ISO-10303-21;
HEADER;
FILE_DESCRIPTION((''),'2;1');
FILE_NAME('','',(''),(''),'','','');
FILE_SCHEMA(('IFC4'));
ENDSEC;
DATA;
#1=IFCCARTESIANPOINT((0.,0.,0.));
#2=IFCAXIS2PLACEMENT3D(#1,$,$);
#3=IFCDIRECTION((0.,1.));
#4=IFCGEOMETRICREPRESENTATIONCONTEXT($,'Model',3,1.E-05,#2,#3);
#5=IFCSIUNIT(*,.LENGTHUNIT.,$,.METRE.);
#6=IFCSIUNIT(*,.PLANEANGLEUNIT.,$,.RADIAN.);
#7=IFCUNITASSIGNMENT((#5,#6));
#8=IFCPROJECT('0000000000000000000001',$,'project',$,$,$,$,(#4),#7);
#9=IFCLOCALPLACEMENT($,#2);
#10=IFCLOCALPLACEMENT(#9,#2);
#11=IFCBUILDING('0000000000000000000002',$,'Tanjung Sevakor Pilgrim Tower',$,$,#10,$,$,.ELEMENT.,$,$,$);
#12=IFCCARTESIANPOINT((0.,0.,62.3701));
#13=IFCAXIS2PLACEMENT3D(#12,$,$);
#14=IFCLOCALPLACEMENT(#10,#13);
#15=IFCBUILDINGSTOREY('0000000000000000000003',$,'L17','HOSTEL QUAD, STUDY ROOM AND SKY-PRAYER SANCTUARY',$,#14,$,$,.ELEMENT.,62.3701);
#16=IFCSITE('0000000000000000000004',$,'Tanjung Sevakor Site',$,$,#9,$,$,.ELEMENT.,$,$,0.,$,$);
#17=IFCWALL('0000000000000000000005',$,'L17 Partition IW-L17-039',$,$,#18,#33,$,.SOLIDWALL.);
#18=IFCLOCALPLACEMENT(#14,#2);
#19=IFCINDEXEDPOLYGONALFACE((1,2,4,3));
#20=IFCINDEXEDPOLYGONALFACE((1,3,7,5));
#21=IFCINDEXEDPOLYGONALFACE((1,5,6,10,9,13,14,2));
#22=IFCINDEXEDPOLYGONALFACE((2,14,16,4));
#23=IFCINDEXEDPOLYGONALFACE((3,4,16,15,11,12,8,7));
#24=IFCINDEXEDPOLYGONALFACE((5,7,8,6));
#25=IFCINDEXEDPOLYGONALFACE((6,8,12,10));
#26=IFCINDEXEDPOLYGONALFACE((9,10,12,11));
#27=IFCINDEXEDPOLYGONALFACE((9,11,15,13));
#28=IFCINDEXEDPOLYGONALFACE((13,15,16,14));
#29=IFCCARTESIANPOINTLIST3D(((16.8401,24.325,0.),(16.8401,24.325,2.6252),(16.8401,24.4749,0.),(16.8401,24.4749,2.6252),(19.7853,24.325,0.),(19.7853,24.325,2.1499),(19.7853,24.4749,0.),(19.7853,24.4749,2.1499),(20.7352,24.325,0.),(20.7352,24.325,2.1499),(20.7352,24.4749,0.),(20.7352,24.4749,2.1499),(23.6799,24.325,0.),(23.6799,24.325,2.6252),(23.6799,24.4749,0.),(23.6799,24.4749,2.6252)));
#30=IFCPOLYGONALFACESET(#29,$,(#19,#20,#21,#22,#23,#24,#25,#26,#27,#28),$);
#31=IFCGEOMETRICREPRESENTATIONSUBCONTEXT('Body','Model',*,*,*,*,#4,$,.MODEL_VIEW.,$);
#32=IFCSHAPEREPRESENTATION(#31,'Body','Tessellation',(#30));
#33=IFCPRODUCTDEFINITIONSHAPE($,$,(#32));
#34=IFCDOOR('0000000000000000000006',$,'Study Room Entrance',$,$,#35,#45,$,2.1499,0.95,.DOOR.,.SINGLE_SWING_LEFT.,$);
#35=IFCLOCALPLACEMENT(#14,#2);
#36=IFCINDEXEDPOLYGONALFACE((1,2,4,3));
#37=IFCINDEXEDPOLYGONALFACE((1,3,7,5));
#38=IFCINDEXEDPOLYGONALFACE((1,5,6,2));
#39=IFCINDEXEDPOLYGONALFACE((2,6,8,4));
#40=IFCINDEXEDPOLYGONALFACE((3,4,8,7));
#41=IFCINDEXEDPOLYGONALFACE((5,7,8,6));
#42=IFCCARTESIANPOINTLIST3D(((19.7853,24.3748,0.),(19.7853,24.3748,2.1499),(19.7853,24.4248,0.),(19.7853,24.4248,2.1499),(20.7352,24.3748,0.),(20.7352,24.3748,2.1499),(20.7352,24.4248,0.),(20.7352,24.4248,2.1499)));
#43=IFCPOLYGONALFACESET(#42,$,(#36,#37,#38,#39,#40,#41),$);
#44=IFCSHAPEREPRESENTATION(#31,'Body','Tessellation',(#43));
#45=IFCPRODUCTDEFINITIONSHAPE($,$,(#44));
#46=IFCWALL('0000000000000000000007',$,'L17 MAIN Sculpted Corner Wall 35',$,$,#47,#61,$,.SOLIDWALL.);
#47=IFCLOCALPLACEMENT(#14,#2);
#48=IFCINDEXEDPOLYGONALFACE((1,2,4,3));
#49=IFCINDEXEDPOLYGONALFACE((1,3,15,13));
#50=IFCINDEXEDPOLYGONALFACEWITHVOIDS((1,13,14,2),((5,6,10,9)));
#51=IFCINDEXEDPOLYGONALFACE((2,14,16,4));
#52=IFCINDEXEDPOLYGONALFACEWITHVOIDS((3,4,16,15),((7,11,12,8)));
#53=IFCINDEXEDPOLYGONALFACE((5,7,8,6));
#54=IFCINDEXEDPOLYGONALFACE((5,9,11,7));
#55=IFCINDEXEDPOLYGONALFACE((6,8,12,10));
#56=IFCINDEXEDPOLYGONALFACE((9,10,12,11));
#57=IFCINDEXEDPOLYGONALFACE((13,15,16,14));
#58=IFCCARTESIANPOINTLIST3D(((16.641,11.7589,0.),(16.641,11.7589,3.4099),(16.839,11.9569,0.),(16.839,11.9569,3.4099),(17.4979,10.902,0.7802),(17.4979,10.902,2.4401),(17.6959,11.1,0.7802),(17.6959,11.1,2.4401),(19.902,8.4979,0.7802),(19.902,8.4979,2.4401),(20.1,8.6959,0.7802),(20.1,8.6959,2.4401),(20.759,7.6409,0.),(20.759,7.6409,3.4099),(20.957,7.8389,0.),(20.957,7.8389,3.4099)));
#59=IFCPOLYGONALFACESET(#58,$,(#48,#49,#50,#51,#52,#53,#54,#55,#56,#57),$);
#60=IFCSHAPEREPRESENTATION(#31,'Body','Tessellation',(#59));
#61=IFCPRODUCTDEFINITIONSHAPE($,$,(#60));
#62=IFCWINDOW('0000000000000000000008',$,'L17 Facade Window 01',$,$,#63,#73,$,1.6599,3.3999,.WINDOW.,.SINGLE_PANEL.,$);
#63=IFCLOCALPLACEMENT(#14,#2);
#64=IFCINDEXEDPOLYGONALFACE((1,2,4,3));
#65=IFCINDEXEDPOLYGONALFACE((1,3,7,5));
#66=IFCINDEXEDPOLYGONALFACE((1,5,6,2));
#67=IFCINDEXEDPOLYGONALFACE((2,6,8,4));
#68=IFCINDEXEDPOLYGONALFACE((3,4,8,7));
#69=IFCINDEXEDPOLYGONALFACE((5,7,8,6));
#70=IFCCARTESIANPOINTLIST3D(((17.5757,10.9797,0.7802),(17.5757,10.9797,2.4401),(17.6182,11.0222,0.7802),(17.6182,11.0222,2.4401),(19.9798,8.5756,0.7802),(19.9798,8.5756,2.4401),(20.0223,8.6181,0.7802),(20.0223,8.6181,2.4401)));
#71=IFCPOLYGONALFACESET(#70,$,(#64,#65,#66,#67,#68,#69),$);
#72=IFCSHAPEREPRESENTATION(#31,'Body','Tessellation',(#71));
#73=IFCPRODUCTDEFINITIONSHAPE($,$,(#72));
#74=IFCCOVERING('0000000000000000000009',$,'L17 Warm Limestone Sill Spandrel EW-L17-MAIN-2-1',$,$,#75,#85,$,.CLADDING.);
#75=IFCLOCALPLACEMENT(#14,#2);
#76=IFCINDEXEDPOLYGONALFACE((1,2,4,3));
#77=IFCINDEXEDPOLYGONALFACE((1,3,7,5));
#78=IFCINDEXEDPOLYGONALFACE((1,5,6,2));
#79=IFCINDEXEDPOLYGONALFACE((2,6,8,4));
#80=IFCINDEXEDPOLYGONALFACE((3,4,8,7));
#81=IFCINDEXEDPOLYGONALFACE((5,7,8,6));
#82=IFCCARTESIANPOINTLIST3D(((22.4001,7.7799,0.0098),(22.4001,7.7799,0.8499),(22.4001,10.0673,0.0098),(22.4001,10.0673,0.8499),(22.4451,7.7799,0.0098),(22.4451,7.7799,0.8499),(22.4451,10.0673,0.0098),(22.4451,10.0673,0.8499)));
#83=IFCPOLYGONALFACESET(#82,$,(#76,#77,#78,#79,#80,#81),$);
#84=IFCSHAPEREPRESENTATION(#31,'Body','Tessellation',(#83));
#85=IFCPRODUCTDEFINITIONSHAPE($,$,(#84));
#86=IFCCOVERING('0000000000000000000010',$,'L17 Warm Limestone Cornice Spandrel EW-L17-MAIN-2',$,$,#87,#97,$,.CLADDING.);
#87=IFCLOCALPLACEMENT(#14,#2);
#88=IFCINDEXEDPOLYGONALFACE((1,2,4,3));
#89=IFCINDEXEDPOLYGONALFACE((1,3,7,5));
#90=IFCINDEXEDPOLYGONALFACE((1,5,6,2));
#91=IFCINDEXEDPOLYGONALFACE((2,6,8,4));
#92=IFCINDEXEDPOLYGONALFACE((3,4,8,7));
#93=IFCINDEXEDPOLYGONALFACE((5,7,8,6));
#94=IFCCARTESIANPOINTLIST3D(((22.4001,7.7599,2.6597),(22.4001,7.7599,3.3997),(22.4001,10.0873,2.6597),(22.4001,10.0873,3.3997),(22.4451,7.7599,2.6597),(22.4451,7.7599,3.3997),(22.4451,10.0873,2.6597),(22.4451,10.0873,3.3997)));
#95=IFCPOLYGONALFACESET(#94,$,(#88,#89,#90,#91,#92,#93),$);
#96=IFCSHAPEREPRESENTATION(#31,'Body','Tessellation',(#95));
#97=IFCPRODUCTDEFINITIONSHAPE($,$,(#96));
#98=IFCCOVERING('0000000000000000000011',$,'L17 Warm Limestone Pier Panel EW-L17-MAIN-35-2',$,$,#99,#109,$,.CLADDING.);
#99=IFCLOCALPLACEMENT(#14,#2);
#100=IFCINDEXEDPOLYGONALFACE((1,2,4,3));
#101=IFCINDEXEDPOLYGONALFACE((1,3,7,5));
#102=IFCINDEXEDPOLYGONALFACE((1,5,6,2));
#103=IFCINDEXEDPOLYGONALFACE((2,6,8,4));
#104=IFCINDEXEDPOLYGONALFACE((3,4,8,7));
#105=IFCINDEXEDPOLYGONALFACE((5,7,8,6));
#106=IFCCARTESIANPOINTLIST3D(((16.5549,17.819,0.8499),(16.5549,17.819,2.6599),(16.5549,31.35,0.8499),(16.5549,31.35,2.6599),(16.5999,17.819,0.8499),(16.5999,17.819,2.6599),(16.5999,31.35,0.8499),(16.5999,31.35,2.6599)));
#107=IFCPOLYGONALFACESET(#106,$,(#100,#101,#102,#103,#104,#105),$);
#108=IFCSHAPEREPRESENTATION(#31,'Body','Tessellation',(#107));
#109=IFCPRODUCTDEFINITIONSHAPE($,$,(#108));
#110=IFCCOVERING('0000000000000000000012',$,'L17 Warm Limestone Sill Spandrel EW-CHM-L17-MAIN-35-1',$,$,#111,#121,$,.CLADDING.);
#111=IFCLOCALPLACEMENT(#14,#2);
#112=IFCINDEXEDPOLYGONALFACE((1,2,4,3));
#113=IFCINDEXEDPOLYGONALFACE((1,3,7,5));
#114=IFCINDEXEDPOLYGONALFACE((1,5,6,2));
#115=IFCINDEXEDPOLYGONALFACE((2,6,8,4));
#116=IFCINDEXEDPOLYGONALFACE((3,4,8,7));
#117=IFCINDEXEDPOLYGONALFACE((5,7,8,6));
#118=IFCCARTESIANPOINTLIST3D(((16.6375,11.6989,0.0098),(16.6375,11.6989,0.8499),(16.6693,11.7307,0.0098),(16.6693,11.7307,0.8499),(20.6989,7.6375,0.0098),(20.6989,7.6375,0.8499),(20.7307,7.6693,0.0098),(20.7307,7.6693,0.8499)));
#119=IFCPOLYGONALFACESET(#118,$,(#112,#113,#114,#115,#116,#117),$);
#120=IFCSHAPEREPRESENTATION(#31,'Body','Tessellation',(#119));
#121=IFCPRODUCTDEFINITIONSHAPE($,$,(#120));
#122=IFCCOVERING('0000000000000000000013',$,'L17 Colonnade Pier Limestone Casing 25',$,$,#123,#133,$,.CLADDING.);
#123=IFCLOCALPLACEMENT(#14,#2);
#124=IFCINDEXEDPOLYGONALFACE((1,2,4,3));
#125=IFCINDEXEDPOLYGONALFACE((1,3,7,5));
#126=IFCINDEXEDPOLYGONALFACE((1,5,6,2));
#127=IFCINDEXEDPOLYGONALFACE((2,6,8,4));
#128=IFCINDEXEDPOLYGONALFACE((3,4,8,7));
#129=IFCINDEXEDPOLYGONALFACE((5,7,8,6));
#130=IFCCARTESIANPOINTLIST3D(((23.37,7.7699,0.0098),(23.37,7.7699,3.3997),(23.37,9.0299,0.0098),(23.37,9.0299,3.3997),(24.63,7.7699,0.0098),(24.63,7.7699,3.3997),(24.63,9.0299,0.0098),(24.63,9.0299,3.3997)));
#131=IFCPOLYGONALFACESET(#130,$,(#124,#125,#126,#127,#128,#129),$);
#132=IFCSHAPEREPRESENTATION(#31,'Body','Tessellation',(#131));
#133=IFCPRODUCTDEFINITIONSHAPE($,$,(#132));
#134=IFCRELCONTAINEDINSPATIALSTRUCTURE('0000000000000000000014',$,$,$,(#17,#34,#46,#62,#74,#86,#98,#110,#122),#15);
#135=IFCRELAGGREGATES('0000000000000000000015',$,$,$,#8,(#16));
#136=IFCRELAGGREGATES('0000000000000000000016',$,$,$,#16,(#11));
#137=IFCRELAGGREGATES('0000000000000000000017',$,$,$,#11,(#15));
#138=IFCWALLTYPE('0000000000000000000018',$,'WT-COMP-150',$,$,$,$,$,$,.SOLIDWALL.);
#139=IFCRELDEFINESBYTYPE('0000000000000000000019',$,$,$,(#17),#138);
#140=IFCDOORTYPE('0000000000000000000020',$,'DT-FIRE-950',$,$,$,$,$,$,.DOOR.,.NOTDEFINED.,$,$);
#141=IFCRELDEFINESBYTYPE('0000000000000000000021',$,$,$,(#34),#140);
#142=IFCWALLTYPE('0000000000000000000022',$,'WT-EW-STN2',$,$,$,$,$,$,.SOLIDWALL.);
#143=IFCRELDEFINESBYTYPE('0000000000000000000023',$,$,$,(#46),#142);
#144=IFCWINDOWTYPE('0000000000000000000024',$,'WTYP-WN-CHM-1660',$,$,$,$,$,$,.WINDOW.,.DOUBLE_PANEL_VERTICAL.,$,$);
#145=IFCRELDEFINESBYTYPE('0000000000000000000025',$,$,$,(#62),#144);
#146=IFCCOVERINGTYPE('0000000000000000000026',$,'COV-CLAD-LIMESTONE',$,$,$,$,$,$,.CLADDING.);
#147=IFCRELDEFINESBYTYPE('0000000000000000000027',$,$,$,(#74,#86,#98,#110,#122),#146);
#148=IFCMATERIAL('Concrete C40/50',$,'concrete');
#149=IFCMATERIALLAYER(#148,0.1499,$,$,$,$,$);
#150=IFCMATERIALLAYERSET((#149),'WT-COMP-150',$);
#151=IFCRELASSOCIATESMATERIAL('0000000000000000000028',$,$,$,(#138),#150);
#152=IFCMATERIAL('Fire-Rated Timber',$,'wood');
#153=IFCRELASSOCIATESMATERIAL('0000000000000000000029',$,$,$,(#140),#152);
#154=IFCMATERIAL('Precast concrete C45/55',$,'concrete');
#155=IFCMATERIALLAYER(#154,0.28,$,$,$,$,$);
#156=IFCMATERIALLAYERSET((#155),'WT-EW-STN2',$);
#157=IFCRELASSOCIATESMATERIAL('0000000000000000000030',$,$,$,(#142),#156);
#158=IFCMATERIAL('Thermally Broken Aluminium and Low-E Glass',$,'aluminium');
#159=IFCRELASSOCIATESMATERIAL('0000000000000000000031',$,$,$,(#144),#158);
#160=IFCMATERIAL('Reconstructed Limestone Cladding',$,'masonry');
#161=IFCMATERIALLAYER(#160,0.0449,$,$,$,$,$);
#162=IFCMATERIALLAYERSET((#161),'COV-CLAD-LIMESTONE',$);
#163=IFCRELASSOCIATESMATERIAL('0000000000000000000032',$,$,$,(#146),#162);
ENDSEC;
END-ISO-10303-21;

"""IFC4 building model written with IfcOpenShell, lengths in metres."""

from ifc_helpers import new_model, si_unit, direction, frame, frame_2d, origin, origin_2d, place, context, subcontext, project, spatial, rectangle, extrude, material, layer, layer_set, type_object, element, fill, save


model = new_model("IFC4")

# Units and contexts
model_context = context("Model", 3, precision=1e-05, world=origin(), true_north=direction((0.0, 1.0)))
body_context = subcontext(model_context, "Body", "Model", "MODEL_VIEW")
ifc_project = project(units=[si_unit("LENGTHUNIT", "METRE"), si_unit("PLANEANGLEUNIT", "RADIAN")], contexts=[model_context])

# Site, building, storey
site_placement = place(None, origin())
site = spatial("IfcSite", under=ifc_project, at=site_placement, Name="Tanjung Sevakor Site", CompositionType="ELEMENT", RefElevation=0.0)
building_placement = place(site_placement, origin())
building = spatial("IfcBuilding", under=site, at=building_placement, Name="Tanjung Sevakor Pilgrim Tower", CompositionType="ELEMENT")
storey_placement = place(building_placement, frame((0.0, 0.0, 62.3701)))
storey = spatial("IfcBuildingStorey", under=building, at=storey_placement, Name="L17", Description="HOSTEL QUAD, STUDY ROOM AND SKY-PRAYER SANCTUARY", CompositionType="ELEMENT", Elevation=62.3701)

# Wall, opening, door
ifc_material_1 = material(Name="Concrete C40/50", Category="concrete")
ifc_layer_1 = layer(ifc_material_1, 0.1499)
ifc_layer_set_1 = layer_set([ifc_layer_1], Name="WT-COMP-150")
wall_type_1 = type_object("IfcWallType", Name="WT-COMP-150", PredefinedType="SOLIDWALL", material=ifc_layer_set_1)
wall_1_placement = place(storey_placement, frame((16.8401, 24.3999, 0.0), z_axis=(0.0, 0.0, 1.0), x_axis=(1.0, 0.0, 0.0)))
wall_1 = element("IfcWall", 1, at=wall_1_placement, inside=storey, type_object=wall_type_1, Name="L17 Partition IW-L17-039", PredefinedType="SOLIDWALL", context=body_context, shape_type="SweptSolid", body=[
    extrude(rectangle(XDim=6.8398, YDim=0.1499, at=frame_2d((3.4199, 0.0))), origin(), (0.0, 0.0, 1.0), 2.6252),
])
opening_1_placement = place(wall_1_placement, frame((2.9451, 0.0, 0.0)))
opening_1 = element("IfcOpeningElement", 2, at=opening_1_placement, cuts=wall_1, PredefinedType="OPENING", context=body_context, shape_type="SweptSolid", body=[
    extrude(rectangle(XDim=0.95, YDim=2.1499, at=frame_2d((0.4751, 1.075))), frame((0.0, 0.085, 0.0), z_axis=(0.0, -1.0, 0.0), x_axis=(1.0, 0.0, 0.0)), (0.0, 0.0, 1.0), 0.1699),
])
ifc_material_2 = material(Name="Fire-Rated Timber", Category="wood")
door_type_1 = type_object("IfcDoorType", Name="DT-FIRE-950", OperationType="NOTDEFINED", PredefinedType="DOOR", material=ifc_material_2)
door_1_placement = place(opening_1_placement, origin())
door_1 = element("IfcDoor", 3, at=door_1_placement, inside=storey, type_object=door_type_1, Name="Study Room Entrance", OperationType="SINGLE_SWING_LEFT", OverallHeight=2.1499, OverallWidth=0.95, PredefinedType="DOOR", context=body_context, shape_type="SweptSolid", body=[
    extrude(rectangle(XDim=0.95, YDim=2.1499, at=frame_2d((0.4751, 1.075))), frame((0.0, 0.0249, 0.0), z_axis=(0.0, -1.0, 0.0), x_axis=(1.0, 0.0, 0.0)), (0.0, 0.0, 1.0), 0.05),
])
fill(opening_1, door_1)

# Wall, opening, window
ifc_material_3 = material(Name="Precast concrete C45/55", Category="concrete")
ifc_layer_2 = layer(ifc_material_3, 0.28)
ifc_layer_set_2 = layer_set([ifc_layer_2], Name="WT-EW-STN2")
wall_type_2 = type_object("IfcWallType", Name="WT-EW-STN2", PredefinedType="SOLIDWALL", material=ifc_layer_set_2)
wall_2_placement = place(storey_placement, frame((16.74, 11.8579, 0.0), z_axis=(0.0, 0.0, 1.0), x_axis=(0.707107, -0.707107, 0.0)))
wall_2 = element("IfcWall", 4, at=wall_2_placement, inside=storey, type_object=wall_type_2, Name="L17 MAIN Sculpted Corner Wall 35", PredefinedType="SOLIDWALL", context=body_context, shape_type="SweptSolid", body=[
    extrude(rectangle(XDim=5.8237, YDim=0.28, at=frame_2d((2.9119, 0.0))), origin(), (0.0, 0.0, 1.0), 3.4099),
])
opening_2_placement = place(wall_2_placement, frame((1.2119, 0.0, 0.78)))
opening_2 = element("IfcOpeningElement", 5, at=opening_2_placement, cuts=wall_2, PredefinedType="OPENING", context=body_context, shape_type="SweptSolid", body=[
    extrude(rectangle(XDim=3.3999, YDim=1.6599, at=frame_2d((1.7, 0.8301))), frame((0.0, 0.1499, 0.0), z_axis=(0.0, -1.0, 0.0), x_axis=(1.0, 0.0, 0.0)), (0.0, 0.0, 1.0), 0.3),
])
ifc_material_4 = material(Name="Thermally Broken Aluminium and Low-E Glass", Category="aluminium")
window_type = type_object("IfcWindowType", Name="WTYP-WN-CHM-1660", PartitioningType="DOUBLE_PANEL_VERTICAL", PredefinedType="WINDOW", material=ifc_material_4)
window_placement = place(opening_2_placement, origin())
window = element("IfcWindow", 6, at=window_placement, inside=storey, type_object=window_type, Name="L17 Facade Window 01", OverallHeight=1.6599, OverallWidth=3.3999, PartitioningType="SINGLE_PANEL", PredefinedType="WINDOW", context=body_context, shape_type="SweptSolid", body=[
    extrude(rectangle(XDim=3.3999, YDim=1.6599, at=frame_2d((1.7, 0.8301))), frame((0.0, 0.03, 0.0), z_axis=(0.0, -1.0, 0.0), x_axis=(1.0, 0.0, 0.0)), (0.0, 0.0, 1.0), 0.0601),
])
fill(opening_2, window)

# Coverings
ifc_material_5 = material(Name="Reconstructed Limestone Cladding", Category="masonry")
ifc_layer_3 = layer(ifc_material_5, 0.0449)
ifc_layer_set_3 = layer_set([ifc_layer_3], Name="COV-CLAD-LIMESTONE")
covering_type = type_object("IfcCoveringType", Name="COV-CLAD-LIMESTONE", PredefinedType="CLADDING", material=ifc_layer_set_3)
covering_1_placement = place(storey_placement, frame((22.4226, 8.9236, 0.0098), z_axis=(0.0, 0.0, 1.0), x_axis=(0.0, 1.0, 0.0)))
element("IfcCovering", 7, at=covering_1_placement, inside=storey, type_object=covering_type, Name="L17 Warm Limestone Sill Spandrel EW-L17-MAIN-2-1", PredefinedType="CLADDING", context=body_context, shape_type="SweptSolid", body=[
    extrude(rectangle(XDim=2.2874, YDim=0.0449, at=origin_2d()), origin(), (0.0, 0.0, 1.0), 0.8401),
])
covering_2_placement = place(storey_placement, frame((22.4226, 8.9236, 2.6597), z_axis=(0.0, 0.0, 1.0), x_axis=(0.0, 1.0, 0.0)))
element("IfcCovering", 8, at=covering_2_placement, inside=storey, type_object=covering_type, Name="L17 Warm Limestone Cornice Spandrel EW-L17-MAIN-2", PredefinedType="CLADDING", context=body_context, shape_type="SweptSolid", body=[
    extrude(rectangle(XDim=2.3274, YDim=0.0449, at=origin_2d()), origin(), (0.0, 0.0, 1.0), 0.74),
])
covering_3_placement = place(storey_placement, frame((16.5774, 24.5845, 0.8499), z_axis=(0.0, 0.0, 1.0), x_axis=(0.0, -1.0, 0.0)))
element("IfcCovering", 9, at=covering_3_placement, inside=storey, type_object=covering_type, Name="L17 Warm Limestone Pier Panel EW-L17-MAIN-35-2", PredefinedType="CLADDING", context=body_context, shape_type="SweptSolid", body=[
    extrude(rectangle(XDim=13.531, YDim=0.0449, at=origin_2d()), origin(), (0.0, 0.0, 1.0), 1.8101),
])
covering_4_placement = place(storey_placement, frame((18.6841, 9.6841, 0.0098), z_axis=(0.0, 0.0, 1.0), x_axis=(0.707107, -0.707107, 0.0)))
element("IfcCovering", 10, at=covering_4_placement, inside=storey, type_object=covering_type, Name="L17 Warm Limestone Sill Spandrel EW-CHM-L17-MAIN-35-1", PredefinedType="CLADDING", context=body_context, shape_type="SweptSolid", body=[
    extrude(rectangle(XDim=5.7437, YDim=0.0449, at=origin_2d()), origin(), (0.0, 0.0, 1.0), 0.8401),
])
covering_5_placement = place(storey_placement, frame((24.0, 8.3999, 0.0098), z_axis=(0.0, 0.0, 1.0), x_axis=(1.0, 0.0, 0.0)))
element("IfcCovering", 11, at=covering_5_placement, inside=storey, type_object=covering_type, Name="L17 Colonnade Pier Limestone Casing 25", PredefinedType="CLADDING", context=body_context, shape_type="SweptSolid", body=[
    extrude(rectangle(XDim=1.26, YDim=1.26, at=origin_2d()), origin(), (0.0, 0.0, 1.0), 3.3899),
])

save(model, "model.ifc")
